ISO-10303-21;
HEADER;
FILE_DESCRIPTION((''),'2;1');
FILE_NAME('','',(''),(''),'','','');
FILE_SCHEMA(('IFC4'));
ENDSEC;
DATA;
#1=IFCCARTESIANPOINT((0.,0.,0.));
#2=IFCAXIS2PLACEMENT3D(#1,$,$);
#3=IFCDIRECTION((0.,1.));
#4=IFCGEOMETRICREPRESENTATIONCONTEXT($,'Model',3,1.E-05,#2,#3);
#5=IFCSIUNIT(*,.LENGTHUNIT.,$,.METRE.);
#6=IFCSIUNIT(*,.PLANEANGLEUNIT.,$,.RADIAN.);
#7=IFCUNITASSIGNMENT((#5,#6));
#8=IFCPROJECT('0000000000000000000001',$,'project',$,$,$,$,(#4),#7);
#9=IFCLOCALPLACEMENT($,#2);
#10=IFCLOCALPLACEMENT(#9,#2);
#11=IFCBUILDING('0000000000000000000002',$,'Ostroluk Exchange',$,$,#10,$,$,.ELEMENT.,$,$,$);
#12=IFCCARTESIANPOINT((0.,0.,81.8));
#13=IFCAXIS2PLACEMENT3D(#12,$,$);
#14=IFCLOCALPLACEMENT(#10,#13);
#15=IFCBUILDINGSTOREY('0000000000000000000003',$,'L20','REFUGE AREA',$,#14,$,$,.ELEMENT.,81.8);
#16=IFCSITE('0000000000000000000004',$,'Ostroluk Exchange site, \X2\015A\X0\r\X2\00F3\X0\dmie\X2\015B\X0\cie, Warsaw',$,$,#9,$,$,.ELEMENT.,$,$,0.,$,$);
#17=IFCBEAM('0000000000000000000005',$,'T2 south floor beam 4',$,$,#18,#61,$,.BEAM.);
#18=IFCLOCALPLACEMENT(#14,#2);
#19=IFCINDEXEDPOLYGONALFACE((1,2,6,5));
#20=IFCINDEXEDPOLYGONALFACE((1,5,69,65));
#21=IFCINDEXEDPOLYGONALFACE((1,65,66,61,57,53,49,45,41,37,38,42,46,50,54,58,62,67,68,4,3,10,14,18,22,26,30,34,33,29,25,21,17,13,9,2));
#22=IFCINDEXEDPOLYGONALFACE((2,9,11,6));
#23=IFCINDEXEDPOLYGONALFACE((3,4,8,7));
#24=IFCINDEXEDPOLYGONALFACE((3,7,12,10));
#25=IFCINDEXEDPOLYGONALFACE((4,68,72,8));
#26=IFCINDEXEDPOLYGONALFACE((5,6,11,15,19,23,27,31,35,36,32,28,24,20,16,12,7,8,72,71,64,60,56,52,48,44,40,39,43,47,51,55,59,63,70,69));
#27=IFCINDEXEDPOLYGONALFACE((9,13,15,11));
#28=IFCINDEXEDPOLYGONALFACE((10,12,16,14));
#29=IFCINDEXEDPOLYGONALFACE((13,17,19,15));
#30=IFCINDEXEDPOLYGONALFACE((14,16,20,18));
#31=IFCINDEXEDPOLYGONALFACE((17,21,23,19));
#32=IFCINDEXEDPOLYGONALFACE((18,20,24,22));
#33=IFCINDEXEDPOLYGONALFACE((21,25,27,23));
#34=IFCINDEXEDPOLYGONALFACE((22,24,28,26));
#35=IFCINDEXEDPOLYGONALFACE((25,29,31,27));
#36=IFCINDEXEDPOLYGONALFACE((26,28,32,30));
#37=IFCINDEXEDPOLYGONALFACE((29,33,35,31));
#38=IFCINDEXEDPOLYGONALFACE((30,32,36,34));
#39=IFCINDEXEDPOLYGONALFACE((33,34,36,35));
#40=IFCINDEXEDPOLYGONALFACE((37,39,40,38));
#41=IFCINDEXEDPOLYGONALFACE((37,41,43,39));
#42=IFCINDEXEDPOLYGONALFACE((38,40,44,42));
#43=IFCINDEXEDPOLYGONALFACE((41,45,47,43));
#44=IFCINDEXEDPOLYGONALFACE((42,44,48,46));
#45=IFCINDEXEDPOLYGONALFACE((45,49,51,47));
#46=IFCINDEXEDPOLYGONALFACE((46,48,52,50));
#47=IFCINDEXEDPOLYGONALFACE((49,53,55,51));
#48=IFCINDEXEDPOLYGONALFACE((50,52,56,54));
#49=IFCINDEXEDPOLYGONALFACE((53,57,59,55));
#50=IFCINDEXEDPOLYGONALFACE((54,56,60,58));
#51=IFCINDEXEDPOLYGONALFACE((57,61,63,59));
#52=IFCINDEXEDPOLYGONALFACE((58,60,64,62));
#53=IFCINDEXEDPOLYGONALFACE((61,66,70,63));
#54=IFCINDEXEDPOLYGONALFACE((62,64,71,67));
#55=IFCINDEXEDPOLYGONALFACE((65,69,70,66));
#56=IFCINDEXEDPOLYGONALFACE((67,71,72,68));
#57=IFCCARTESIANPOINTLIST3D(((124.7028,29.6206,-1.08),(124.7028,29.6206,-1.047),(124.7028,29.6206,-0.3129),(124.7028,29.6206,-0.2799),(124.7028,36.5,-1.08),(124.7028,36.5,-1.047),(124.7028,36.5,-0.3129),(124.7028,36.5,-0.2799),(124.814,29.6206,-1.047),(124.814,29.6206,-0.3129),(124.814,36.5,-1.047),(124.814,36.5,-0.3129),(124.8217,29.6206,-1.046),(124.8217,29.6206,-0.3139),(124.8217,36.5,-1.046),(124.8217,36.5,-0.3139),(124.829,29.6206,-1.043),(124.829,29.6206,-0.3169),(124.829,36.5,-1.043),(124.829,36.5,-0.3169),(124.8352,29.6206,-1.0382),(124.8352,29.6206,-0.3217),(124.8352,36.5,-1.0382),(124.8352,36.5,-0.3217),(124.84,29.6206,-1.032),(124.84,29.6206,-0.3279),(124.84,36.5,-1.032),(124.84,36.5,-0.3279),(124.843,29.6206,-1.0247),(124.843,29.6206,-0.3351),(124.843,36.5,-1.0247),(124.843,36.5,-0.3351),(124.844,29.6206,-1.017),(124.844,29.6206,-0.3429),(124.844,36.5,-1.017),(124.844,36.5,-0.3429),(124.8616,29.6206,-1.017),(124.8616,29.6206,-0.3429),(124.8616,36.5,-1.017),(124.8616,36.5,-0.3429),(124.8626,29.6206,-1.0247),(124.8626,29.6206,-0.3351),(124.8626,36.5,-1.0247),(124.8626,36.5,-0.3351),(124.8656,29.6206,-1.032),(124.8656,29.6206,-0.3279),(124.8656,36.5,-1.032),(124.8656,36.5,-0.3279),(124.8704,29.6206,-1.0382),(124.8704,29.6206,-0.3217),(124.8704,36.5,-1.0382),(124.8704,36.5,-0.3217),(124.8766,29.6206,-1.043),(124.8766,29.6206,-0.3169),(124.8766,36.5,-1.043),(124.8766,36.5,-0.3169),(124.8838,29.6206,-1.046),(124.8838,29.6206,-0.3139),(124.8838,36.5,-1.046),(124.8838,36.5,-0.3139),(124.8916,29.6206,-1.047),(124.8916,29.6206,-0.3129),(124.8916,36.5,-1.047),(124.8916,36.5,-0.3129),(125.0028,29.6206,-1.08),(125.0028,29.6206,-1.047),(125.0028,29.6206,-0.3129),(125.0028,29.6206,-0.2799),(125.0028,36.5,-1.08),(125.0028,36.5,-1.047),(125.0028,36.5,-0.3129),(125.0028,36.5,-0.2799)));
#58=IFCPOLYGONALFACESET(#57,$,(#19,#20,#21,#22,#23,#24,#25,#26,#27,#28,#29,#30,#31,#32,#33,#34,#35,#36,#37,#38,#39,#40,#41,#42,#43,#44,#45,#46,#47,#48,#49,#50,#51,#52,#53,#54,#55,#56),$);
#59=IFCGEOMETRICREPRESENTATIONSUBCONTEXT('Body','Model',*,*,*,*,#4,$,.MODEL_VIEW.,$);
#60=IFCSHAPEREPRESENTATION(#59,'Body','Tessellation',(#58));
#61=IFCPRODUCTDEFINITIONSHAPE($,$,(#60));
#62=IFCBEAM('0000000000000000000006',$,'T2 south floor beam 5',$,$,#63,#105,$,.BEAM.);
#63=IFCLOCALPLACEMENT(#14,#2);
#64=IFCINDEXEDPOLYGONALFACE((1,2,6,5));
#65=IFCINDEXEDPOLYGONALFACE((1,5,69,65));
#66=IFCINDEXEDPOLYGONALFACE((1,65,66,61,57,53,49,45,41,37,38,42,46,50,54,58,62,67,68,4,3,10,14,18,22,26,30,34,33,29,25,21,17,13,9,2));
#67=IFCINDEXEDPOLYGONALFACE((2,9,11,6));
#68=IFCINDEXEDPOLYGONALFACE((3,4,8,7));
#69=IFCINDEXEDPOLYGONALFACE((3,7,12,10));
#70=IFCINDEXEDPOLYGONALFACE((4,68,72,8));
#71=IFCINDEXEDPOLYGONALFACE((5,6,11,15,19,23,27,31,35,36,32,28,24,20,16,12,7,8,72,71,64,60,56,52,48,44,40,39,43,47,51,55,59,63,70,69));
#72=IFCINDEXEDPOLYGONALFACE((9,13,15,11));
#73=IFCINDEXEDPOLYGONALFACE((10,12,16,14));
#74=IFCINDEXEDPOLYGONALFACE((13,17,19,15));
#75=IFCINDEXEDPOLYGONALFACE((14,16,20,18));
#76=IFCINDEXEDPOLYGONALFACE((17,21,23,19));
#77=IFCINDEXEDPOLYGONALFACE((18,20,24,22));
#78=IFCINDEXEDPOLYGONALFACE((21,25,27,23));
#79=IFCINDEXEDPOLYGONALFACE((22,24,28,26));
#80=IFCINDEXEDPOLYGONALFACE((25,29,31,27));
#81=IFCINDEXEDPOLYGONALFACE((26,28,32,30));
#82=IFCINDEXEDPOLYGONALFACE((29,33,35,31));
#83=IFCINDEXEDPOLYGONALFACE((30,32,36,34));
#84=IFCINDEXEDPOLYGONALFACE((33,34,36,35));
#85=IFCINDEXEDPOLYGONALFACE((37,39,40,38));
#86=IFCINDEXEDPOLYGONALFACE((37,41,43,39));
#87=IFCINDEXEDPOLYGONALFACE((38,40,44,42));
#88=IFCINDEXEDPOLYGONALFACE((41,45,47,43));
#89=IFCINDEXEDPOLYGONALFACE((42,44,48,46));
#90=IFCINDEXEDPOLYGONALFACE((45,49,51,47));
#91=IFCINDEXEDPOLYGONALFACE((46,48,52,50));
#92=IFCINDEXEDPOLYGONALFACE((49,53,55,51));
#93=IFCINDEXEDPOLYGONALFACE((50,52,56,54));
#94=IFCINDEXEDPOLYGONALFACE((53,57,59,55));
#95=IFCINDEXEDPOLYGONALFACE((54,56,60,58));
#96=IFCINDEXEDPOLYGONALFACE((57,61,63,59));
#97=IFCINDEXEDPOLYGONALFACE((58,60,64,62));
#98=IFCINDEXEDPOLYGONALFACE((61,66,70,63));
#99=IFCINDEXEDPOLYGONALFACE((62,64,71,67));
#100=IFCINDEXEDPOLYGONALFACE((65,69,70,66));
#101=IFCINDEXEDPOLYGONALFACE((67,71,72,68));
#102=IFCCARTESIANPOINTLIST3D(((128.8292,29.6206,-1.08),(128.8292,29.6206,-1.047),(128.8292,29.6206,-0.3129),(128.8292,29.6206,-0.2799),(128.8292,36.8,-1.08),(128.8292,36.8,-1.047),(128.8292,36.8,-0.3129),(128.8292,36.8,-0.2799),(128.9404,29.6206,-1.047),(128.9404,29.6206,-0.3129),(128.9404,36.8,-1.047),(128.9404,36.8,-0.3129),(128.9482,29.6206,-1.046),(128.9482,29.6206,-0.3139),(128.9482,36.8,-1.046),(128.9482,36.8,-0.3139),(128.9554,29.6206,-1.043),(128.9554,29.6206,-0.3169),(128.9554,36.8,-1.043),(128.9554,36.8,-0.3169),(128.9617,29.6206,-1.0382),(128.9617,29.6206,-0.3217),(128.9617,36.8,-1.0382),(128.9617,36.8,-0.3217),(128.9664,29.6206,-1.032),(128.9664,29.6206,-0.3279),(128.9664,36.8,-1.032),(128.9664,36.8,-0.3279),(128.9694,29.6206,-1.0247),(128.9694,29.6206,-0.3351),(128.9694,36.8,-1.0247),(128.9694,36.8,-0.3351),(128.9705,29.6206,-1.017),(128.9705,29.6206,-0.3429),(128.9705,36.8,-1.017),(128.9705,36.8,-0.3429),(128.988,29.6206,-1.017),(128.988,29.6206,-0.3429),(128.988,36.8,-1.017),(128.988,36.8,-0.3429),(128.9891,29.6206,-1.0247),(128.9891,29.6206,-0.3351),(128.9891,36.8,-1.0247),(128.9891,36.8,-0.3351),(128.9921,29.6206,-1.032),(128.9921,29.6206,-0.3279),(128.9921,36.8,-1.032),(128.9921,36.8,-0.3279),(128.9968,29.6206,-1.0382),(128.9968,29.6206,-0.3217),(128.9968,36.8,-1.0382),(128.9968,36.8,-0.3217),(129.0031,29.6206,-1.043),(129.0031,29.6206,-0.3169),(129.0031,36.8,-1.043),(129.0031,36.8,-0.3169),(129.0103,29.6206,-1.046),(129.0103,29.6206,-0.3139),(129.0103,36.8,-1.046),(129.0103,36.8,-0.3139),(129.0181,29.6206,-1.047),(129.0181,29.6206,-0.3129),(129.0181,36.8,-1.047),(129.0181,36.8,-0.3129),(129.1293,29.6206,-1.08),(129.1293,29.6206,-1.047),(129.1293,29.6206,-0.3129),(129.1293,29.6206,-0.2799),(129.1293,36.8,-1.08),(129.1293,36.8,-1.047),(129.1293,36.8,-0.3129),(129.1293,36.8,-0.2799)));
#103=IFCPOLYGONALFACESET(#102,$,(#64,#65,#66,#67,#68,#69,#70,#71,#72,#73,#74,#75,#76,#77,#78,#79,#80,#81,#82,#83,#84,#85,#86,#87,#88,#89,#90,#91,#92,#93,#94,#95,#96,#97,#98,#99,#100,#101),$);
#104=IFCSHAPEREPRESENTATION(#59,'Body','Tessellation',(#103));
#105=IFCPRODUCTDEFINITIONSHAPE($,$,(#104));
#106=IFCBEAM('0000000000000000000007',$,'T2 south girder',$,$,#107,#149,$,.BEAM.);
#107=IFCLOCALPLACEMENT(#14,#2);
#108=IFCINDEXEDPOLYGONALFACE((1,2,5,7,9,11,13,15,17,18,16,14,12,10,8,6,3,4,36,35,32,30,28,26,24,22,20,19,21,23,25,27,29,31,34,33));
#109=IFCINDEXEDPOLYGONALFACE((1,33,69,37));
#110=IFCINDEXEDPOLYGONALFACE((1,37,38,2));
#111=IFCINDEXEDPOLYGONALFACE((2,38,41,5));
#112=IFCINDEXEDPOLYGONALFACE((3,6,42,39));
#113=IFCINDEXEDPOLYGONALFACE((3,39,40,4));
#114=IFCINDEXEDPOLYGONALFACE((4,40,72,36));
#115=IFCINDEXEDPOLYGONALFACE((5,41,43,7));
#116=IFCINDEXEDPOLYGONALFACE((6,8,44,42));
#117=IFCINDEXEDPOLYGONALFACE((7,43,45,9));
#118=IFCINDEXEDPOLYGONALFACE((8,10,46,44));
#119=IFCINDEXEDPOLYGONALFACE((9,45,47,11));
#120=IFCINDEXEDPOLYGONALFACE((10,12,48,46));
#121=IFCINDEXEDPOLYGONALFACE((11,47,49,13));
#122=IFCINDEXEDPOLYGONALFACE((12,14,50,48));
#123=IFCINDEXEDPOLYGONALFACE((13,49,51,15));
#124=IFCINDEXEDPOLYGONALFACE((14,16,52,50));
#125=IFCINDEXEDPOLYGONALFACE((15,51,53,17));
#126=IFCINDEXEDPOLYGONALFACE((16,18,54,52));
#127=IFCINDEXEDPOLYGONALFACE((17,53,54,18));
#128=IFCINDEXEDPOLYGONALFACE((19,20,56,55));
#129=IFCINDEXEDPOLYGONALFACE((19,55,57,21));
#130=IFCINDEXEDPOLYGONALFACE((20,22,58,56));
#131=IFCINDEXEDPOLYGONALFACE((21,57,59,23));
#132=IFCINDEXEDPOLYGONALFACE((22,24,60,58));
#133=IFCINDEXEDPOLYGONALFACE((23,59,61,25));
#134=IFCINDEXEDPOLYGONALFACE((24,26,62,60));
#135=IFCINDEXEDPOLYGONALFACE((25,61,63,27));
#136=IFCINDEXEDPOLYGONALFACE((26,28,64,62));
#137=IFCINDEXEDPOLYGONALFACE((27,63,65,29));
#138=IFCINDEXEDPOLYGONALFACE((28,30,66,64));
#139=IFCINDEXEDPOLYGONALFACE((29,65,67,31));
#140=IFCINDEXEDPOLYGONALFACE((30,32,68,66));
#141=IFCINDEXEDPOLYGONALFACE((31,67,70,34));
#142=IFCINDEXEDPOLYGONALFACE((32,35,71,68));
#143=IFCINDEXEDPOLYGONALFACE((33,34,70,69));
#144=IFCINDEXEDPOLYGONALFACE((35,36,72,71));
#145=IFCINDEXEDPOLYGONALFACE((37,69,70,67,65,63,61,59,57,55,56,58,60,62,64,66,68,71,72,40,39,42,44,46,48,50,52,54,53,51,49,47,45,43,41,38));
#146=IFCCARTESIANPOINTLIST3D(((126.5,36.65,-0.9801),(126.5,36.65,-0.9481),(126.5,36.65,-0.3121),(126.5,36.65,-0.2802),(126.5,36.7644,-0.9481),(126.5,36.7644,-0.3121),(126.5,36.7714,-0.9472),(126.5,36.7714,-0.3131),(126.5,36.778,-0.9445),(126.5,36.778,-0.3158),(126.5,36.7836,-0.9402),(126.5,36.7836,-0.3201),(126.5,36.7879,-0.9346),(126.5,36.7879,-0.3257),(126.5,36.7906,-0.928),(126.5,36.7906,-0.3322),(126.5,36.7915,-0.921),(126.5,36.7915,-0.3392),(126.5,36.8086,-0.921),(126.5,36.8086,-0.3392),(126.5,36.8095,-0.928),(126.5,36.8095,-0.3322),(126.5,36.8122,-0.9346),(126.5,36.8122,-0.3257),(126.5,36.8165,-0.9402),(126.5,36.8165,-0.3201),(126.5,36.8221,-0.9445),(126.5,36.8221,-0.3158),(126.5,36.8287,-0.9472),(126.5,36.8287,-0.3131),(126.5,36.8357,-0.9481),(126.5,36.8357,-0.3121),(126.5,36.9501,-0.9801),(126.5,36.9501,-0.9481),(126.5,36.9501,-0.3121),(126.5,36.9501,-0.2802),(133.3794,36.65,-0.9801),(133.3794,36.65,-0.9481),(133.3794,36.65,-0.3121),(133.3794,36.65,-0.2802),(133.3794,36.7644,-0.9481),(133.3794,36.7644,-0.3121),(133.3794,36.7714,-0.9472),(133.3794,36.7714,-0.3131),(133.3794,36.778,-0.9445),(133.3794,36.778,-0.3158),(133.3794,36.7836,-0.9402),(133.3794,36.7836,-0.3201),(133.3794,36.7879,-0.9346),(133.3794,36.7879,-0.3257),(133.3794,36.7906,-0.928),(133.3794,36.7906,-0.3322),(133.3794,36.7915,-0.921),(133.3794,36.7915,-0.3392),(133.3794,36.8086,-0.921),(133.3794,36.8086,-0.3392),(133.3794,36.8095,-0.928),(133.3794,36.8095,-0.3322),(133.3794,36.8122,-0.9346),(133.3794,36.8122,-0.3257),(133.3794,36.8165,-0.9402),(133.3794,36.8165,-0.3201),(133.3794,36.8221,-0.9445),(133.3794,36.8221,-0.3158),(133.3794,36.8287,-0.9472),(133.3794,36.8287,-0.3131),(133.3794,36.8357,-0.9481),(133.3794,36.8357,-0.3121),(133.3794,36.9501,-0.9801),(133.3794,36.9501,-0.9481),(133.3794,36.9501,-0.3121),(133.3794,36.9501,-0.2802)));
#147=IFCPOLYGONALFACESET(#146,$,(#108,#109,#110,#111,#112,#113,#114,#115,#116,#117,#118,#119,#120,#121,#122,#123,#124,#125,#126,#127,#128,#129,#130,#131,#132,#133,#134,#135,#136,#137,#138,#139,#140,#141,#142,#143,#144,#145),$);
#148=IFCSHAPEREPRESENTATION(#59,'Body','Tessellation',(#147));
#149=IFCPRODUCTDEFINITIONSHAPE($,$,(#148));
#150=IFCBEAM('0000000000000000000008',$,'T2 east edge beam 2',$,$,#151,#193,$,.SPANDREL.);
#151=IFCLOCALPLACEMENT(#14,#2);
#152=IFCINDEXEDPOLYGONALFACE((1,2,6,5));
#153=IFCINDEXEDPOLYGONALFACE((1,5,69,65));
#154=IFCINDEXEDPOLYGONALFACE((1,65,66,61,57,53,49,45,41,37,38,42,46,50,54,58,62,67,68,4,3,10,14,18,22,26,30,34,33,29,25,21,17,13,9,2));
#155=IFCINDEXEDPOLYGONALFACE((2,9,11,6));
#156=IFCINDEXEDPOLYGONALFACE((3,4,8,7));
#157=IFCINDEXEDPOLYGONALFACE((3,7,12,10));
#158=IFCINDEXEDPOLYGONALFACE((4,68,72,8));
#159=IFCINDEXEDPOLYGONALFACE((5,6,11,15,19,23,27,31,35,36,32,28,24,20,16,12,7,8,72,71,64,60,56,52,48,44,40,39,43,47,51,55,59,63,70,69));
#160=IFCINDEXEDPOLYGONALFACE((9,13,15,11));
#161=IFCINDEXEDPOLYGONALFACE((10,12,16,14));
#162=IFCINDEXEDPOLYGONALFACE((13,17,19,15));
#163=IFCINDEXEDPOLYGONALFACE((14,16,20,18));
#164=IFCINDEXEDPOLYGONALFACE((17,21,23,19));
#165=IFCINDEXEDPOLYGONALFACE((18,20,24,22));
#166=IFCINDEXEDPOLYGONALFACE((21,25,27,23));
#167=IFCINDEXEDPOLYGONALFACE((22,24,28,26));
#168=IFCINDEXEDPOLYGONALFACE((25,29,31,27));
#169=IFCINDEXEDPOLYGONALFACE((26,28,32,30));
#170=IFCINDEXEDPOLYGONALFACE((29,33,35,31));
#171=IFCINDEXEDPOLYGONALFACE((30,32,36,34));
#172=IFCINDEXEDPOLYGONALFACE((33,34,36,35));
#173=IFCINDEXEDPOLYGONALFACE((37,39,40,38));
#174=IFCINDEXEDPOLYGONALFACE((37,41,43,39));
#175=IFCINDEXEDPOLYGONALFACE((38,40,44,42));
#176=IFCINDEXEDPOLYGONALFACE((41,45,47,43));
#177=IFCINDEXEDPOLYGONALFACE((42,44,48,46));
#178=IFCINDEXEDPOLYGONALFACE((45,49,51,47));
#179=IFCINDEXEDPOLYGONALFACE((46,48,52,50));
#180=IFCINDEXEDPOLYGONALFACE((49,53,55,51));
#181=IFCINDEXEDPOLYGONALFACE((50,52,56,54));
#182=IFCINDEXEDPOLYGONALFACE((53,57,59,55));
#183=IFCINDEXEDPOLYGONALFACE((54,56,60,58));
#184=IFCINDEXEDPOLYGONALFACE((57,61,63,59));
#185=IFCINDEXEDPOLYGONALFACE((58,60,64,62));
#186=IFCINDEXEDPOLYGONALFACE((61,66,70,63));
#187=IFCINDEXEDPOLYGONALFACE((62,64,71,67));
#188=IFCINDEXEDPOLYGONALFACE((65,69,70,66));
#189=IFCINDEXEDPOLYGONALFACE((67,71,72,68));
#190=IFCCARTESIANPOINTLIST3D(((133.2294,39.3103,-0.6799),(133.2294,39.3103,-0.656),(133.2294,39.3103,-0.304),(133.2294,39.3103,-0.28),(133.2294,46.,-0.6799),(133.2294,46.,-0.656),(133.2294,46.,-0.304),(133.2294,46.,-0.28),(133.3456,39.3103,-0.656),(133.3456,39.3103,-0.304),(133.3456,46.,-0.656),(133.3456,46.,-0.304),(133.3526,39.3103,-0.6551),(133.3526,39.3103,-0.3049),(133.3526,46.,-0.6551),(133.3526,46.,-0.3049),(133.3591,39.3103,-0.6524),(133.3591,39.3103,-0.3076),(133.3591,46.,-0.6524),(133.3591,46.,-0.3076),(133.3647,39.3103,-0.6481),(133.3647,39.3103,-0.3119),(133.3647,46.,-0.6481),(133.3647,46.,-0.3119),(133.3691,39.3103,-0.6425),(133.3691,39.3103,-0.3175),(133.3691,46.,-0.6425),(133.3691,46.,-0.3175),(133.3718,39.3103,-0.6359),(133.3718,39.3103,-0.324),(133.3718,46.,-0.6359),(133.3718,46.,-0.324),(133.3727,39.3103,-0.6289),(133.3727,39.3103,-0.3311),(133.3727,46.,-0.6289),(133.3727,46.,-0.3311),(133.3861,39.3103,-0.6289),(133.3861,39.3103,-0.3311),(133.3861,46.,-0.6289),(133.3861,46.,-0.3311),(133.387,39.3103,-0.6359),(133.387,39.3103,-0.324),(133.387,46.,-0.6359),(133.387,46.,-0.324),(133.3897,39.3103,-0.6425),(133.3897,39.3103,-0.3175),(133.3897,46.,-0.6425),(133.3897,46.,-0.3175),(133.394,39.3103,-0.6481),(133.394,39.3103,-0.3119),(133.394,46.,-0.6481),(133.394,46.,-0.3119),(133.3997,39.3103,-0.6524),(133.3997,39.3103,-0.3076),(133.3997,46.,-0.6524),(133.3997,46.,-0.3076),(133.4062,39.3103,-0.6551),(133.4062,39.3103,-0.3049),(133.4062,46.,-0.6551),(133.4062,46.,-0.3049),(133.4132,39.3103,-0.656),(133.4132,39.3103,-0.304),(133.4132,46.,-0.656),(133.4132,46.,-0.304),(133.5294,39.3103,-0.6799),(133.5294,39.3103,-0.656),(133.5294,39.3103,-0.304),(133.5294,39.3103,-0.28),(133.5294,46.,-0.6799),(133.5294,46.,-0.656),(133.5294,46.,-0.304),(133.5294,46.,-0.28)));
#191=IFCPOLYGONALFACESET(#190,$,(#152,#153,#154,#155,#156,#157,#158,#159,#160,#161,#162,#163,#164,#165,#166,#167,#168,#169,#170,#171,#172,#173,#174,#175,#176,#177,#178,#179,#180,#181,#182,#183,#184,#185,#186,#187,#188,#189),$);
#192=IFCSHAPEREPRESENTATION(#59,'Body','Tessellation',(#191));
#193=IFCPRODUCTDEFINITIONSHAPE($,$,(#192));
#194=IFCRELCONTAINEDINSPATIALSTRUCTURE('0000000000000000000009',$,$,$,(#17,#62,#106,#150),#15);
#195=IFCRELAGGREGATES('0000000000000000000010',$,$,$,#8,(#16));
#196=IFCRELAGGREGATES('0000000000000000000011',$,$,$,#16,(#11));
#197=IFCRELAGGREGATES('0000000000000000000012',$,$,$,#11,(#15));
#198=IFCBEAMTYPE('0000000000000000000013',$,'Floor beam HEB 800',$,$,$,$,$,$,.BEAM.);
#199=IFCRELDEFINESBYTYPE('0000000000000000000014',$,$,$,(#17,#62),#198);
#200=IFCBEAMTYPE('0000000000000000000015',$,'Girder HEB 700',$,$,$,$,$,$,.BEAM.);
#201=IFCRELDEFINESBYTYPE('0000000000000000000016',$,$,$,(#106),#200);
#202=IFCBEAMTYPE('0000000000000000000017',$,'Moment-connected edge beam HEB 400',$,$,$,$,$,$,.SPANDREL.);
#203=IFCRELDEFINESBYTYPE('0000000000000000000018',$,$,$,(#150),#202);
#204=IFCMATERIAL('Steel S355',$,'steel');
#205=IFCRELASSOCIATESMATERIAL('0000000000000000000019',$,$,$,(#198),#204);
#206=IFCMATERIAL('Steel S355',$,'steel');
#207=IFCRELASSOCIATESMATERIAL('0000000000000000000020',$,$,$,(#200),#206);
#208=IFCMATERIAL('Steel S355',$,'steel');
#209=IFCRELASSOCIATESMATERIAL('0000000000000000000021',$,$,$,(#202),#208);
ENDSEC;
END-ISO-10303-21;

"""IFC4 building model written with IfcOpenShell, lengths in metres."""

from ifc_helpers import new_model, si_unit, direction, frame, origin, origin_2d, place, context, subcontext, project, spatial, i_section, extrude, material, material_profile, profile_set, type_object, element, save


model = new_model("IFC4")

# Units and contexts
model_context = context("Model", 3, precision=1e-05, world=origin(), true_north=direction((0.0, 1.0)))
body_context = subcontext(model_context, "Body", "Model", "MODEL_VIEW")
ifc_project = project(units=[si_unit("LENGTHUNIT", "METRE"), si_unit("PLANEANGLEUNIT", "RADIAN")], contexts=[model_context])

# Site, building, storey
site_placement = place(None, origin())
site = spatial("IfcSite", under=ifc_project, at=site_placement, Name="Ostroluk Exchange site, Śródmieście, Warsaw", CompositionType="ELEMENT", RefElevation=0.0)
building_placement = place(site_placement, origin())
building = spatial("IfcBuilding", under=site, at=building_placement, Name="Ostroluk Exchange", CompositionType="ELEMENT")
storey_placement = place(building_placement, frame((0.0, 0.0, 81.8)))
storey = spatial("IfcBuildingStorey", under=building, at=storey_placement, Name="L20", Description="REFUGE AREA", CompositionType="ELEMENT", Elevation=81.8)

# Beams
ifc_material_1 = material(Name="Steel S355", Category="steel")
ifc_material_profile_1 = material_profile(ifc_material_1, i_section(OverallWidth=0.3, OverallDepth=0.8, WebThickness=0.0176, FlangeThickness=0.033, FilletRadius=0.03, at=origin_2d()), Name="HEB 800")
ifc_profile_set_1 = profile_set([ifc_material_profile_1], Name="Steel S355")
beam_type_1 = type_object("IfcBeamType", Name="Floor beam HEB 800", PredefinedType="BEAM", material=ifc_profile_set_1)
for number, where, z_axis, x_axis, name in (
    (1, (124.8528, 36.5, -0.6799), (0.0, -1.0, 0.0), (1.0, 0.0, 0.0), "T2 south floor beam 4"),
):
    element("IfcBeam", number, at=place(storey_placement, frame(where, z_axis=z_axis, x_axis=x_axis)), inside=storey, type_object=beam_type_1, Name=name, PredefinedType="BEAM", context=body_context, shape_type="SweptSolid", body=[
        extrude(i_section(OverallWidth=0.3, OverallDepth=0.8, WebThickness=0.0176, FlangeThickness=0.033, FilletRadius=0.03, at=origin_2d()), origin(), (0.0, 0.0, 1.0), 6.8794),
    ])
beam_1_placement = place(storey_placement, frame((128.9792, 36.8, -0.6799), z_axis=(0.0, -1.0, 0.0), x_axis=(1.0, 0.0, 0.0)))
element("IfcBeam", 2, at=beam_1_placement, inside=storey, type_object=beam_type_1, Name="T2 south floor beam 5", PredefinedType="BEAM", context=body_context, shape_type="SweptSolid", body=[
    extrude(i_section(OverallWidth=0.3, OverallDepth=0.8, WebThickness=0.0176, FlangeThickness=0.033, FilletRadius=0.03, at=origin_2d()), origin(), (0.0, 0.0, 1.0), 7.1794),
])
ifc_material_2 = material(Name="Steel S355", Category="steel")
ifc_material_profile_2 = material_profile(ifc_material_2, i_section(OverallWidth=0.3, OverallDepth=0.7, WebThickness=0.0171, FlangeThickness=0.032, FilletRadius=0.0271, at=origin_2d()), Name="HEB 700")
ifc_profile_set_2 = profile_set([ifc_material_profile_2], Name="Steel S355")
beam_type_2 = type_object("IfcBeamType", Name="Girder HEB 700", PredefinedType="BEAM", material=ifc_profile_set_2)
beam_2_placement = place(storey_placement, frame((126.5, 36.8, -0.6301), z_axis=(1.0, 0.0, 0.0), x_axis=(0.0, 1.0, 0.0)))
element("IfcBeam", 3, at=beam_2_placement, inside=storey, type_object=beam_type_2, Name="T2 south girder", PredefinedType="BEAM", context=body_context, shape_type="SweptSolid", body=[
    extrude(i_section(OverallWidth=0.3, OverallDepth=0.7, WebThickness=0.0171, FlangeThickness=0.032, FilletRadius=0.0271, at=origin_2d()), origin(), (0.0, 0.0, 1.0), 6.8794),
])
ifc_material_3 = material(Name="Steel S355", Category="steel")
ifc_material_profile_3 = material_profile(ifc_material_3, i_section(OverallWidth=0.3, OverallDepth=0.3999, WebThickness=0.0134, FlangeThickness=0.0239, FilletRadius=0.0271, at=origin_2d()), Name="HEB 400")
ifc_profile_set_3 = profile_set([ifc_material_profile_3], Name="Steel S355")
beam_type_3 = type_object("IfcBeamType", Name="Moment-connected edge beam HEB 400", PredefinedType="SPANDREL", material=ifc_profile_set_3)
beam_3_placement = place(storey_placement, frame((133.3794, 39.3103, -0.48), z_axis=(0.0, 1.0, 0.0), x_axis=(-1.0, 0.0, 0.0)))
element("IfcBeam", 4, at=beam_3_placement, inside=storey, type_object=beam_type_3, Name="T2 east edge beam 2", PredefinedType="SPANDREL", context=body_context, shape_type="SweptSolid", body=[
    extrude(i_section(OverallWidth=0.3, OverallDepth=0.3999, WebThickness=0.0134, FlangeThickness=0.0239, FilletRadius=0.0271, at=origin_2d()), origin(), (0.0, 0.0, 1.0), 6.6897),
])

save(model, "model.ifc")
